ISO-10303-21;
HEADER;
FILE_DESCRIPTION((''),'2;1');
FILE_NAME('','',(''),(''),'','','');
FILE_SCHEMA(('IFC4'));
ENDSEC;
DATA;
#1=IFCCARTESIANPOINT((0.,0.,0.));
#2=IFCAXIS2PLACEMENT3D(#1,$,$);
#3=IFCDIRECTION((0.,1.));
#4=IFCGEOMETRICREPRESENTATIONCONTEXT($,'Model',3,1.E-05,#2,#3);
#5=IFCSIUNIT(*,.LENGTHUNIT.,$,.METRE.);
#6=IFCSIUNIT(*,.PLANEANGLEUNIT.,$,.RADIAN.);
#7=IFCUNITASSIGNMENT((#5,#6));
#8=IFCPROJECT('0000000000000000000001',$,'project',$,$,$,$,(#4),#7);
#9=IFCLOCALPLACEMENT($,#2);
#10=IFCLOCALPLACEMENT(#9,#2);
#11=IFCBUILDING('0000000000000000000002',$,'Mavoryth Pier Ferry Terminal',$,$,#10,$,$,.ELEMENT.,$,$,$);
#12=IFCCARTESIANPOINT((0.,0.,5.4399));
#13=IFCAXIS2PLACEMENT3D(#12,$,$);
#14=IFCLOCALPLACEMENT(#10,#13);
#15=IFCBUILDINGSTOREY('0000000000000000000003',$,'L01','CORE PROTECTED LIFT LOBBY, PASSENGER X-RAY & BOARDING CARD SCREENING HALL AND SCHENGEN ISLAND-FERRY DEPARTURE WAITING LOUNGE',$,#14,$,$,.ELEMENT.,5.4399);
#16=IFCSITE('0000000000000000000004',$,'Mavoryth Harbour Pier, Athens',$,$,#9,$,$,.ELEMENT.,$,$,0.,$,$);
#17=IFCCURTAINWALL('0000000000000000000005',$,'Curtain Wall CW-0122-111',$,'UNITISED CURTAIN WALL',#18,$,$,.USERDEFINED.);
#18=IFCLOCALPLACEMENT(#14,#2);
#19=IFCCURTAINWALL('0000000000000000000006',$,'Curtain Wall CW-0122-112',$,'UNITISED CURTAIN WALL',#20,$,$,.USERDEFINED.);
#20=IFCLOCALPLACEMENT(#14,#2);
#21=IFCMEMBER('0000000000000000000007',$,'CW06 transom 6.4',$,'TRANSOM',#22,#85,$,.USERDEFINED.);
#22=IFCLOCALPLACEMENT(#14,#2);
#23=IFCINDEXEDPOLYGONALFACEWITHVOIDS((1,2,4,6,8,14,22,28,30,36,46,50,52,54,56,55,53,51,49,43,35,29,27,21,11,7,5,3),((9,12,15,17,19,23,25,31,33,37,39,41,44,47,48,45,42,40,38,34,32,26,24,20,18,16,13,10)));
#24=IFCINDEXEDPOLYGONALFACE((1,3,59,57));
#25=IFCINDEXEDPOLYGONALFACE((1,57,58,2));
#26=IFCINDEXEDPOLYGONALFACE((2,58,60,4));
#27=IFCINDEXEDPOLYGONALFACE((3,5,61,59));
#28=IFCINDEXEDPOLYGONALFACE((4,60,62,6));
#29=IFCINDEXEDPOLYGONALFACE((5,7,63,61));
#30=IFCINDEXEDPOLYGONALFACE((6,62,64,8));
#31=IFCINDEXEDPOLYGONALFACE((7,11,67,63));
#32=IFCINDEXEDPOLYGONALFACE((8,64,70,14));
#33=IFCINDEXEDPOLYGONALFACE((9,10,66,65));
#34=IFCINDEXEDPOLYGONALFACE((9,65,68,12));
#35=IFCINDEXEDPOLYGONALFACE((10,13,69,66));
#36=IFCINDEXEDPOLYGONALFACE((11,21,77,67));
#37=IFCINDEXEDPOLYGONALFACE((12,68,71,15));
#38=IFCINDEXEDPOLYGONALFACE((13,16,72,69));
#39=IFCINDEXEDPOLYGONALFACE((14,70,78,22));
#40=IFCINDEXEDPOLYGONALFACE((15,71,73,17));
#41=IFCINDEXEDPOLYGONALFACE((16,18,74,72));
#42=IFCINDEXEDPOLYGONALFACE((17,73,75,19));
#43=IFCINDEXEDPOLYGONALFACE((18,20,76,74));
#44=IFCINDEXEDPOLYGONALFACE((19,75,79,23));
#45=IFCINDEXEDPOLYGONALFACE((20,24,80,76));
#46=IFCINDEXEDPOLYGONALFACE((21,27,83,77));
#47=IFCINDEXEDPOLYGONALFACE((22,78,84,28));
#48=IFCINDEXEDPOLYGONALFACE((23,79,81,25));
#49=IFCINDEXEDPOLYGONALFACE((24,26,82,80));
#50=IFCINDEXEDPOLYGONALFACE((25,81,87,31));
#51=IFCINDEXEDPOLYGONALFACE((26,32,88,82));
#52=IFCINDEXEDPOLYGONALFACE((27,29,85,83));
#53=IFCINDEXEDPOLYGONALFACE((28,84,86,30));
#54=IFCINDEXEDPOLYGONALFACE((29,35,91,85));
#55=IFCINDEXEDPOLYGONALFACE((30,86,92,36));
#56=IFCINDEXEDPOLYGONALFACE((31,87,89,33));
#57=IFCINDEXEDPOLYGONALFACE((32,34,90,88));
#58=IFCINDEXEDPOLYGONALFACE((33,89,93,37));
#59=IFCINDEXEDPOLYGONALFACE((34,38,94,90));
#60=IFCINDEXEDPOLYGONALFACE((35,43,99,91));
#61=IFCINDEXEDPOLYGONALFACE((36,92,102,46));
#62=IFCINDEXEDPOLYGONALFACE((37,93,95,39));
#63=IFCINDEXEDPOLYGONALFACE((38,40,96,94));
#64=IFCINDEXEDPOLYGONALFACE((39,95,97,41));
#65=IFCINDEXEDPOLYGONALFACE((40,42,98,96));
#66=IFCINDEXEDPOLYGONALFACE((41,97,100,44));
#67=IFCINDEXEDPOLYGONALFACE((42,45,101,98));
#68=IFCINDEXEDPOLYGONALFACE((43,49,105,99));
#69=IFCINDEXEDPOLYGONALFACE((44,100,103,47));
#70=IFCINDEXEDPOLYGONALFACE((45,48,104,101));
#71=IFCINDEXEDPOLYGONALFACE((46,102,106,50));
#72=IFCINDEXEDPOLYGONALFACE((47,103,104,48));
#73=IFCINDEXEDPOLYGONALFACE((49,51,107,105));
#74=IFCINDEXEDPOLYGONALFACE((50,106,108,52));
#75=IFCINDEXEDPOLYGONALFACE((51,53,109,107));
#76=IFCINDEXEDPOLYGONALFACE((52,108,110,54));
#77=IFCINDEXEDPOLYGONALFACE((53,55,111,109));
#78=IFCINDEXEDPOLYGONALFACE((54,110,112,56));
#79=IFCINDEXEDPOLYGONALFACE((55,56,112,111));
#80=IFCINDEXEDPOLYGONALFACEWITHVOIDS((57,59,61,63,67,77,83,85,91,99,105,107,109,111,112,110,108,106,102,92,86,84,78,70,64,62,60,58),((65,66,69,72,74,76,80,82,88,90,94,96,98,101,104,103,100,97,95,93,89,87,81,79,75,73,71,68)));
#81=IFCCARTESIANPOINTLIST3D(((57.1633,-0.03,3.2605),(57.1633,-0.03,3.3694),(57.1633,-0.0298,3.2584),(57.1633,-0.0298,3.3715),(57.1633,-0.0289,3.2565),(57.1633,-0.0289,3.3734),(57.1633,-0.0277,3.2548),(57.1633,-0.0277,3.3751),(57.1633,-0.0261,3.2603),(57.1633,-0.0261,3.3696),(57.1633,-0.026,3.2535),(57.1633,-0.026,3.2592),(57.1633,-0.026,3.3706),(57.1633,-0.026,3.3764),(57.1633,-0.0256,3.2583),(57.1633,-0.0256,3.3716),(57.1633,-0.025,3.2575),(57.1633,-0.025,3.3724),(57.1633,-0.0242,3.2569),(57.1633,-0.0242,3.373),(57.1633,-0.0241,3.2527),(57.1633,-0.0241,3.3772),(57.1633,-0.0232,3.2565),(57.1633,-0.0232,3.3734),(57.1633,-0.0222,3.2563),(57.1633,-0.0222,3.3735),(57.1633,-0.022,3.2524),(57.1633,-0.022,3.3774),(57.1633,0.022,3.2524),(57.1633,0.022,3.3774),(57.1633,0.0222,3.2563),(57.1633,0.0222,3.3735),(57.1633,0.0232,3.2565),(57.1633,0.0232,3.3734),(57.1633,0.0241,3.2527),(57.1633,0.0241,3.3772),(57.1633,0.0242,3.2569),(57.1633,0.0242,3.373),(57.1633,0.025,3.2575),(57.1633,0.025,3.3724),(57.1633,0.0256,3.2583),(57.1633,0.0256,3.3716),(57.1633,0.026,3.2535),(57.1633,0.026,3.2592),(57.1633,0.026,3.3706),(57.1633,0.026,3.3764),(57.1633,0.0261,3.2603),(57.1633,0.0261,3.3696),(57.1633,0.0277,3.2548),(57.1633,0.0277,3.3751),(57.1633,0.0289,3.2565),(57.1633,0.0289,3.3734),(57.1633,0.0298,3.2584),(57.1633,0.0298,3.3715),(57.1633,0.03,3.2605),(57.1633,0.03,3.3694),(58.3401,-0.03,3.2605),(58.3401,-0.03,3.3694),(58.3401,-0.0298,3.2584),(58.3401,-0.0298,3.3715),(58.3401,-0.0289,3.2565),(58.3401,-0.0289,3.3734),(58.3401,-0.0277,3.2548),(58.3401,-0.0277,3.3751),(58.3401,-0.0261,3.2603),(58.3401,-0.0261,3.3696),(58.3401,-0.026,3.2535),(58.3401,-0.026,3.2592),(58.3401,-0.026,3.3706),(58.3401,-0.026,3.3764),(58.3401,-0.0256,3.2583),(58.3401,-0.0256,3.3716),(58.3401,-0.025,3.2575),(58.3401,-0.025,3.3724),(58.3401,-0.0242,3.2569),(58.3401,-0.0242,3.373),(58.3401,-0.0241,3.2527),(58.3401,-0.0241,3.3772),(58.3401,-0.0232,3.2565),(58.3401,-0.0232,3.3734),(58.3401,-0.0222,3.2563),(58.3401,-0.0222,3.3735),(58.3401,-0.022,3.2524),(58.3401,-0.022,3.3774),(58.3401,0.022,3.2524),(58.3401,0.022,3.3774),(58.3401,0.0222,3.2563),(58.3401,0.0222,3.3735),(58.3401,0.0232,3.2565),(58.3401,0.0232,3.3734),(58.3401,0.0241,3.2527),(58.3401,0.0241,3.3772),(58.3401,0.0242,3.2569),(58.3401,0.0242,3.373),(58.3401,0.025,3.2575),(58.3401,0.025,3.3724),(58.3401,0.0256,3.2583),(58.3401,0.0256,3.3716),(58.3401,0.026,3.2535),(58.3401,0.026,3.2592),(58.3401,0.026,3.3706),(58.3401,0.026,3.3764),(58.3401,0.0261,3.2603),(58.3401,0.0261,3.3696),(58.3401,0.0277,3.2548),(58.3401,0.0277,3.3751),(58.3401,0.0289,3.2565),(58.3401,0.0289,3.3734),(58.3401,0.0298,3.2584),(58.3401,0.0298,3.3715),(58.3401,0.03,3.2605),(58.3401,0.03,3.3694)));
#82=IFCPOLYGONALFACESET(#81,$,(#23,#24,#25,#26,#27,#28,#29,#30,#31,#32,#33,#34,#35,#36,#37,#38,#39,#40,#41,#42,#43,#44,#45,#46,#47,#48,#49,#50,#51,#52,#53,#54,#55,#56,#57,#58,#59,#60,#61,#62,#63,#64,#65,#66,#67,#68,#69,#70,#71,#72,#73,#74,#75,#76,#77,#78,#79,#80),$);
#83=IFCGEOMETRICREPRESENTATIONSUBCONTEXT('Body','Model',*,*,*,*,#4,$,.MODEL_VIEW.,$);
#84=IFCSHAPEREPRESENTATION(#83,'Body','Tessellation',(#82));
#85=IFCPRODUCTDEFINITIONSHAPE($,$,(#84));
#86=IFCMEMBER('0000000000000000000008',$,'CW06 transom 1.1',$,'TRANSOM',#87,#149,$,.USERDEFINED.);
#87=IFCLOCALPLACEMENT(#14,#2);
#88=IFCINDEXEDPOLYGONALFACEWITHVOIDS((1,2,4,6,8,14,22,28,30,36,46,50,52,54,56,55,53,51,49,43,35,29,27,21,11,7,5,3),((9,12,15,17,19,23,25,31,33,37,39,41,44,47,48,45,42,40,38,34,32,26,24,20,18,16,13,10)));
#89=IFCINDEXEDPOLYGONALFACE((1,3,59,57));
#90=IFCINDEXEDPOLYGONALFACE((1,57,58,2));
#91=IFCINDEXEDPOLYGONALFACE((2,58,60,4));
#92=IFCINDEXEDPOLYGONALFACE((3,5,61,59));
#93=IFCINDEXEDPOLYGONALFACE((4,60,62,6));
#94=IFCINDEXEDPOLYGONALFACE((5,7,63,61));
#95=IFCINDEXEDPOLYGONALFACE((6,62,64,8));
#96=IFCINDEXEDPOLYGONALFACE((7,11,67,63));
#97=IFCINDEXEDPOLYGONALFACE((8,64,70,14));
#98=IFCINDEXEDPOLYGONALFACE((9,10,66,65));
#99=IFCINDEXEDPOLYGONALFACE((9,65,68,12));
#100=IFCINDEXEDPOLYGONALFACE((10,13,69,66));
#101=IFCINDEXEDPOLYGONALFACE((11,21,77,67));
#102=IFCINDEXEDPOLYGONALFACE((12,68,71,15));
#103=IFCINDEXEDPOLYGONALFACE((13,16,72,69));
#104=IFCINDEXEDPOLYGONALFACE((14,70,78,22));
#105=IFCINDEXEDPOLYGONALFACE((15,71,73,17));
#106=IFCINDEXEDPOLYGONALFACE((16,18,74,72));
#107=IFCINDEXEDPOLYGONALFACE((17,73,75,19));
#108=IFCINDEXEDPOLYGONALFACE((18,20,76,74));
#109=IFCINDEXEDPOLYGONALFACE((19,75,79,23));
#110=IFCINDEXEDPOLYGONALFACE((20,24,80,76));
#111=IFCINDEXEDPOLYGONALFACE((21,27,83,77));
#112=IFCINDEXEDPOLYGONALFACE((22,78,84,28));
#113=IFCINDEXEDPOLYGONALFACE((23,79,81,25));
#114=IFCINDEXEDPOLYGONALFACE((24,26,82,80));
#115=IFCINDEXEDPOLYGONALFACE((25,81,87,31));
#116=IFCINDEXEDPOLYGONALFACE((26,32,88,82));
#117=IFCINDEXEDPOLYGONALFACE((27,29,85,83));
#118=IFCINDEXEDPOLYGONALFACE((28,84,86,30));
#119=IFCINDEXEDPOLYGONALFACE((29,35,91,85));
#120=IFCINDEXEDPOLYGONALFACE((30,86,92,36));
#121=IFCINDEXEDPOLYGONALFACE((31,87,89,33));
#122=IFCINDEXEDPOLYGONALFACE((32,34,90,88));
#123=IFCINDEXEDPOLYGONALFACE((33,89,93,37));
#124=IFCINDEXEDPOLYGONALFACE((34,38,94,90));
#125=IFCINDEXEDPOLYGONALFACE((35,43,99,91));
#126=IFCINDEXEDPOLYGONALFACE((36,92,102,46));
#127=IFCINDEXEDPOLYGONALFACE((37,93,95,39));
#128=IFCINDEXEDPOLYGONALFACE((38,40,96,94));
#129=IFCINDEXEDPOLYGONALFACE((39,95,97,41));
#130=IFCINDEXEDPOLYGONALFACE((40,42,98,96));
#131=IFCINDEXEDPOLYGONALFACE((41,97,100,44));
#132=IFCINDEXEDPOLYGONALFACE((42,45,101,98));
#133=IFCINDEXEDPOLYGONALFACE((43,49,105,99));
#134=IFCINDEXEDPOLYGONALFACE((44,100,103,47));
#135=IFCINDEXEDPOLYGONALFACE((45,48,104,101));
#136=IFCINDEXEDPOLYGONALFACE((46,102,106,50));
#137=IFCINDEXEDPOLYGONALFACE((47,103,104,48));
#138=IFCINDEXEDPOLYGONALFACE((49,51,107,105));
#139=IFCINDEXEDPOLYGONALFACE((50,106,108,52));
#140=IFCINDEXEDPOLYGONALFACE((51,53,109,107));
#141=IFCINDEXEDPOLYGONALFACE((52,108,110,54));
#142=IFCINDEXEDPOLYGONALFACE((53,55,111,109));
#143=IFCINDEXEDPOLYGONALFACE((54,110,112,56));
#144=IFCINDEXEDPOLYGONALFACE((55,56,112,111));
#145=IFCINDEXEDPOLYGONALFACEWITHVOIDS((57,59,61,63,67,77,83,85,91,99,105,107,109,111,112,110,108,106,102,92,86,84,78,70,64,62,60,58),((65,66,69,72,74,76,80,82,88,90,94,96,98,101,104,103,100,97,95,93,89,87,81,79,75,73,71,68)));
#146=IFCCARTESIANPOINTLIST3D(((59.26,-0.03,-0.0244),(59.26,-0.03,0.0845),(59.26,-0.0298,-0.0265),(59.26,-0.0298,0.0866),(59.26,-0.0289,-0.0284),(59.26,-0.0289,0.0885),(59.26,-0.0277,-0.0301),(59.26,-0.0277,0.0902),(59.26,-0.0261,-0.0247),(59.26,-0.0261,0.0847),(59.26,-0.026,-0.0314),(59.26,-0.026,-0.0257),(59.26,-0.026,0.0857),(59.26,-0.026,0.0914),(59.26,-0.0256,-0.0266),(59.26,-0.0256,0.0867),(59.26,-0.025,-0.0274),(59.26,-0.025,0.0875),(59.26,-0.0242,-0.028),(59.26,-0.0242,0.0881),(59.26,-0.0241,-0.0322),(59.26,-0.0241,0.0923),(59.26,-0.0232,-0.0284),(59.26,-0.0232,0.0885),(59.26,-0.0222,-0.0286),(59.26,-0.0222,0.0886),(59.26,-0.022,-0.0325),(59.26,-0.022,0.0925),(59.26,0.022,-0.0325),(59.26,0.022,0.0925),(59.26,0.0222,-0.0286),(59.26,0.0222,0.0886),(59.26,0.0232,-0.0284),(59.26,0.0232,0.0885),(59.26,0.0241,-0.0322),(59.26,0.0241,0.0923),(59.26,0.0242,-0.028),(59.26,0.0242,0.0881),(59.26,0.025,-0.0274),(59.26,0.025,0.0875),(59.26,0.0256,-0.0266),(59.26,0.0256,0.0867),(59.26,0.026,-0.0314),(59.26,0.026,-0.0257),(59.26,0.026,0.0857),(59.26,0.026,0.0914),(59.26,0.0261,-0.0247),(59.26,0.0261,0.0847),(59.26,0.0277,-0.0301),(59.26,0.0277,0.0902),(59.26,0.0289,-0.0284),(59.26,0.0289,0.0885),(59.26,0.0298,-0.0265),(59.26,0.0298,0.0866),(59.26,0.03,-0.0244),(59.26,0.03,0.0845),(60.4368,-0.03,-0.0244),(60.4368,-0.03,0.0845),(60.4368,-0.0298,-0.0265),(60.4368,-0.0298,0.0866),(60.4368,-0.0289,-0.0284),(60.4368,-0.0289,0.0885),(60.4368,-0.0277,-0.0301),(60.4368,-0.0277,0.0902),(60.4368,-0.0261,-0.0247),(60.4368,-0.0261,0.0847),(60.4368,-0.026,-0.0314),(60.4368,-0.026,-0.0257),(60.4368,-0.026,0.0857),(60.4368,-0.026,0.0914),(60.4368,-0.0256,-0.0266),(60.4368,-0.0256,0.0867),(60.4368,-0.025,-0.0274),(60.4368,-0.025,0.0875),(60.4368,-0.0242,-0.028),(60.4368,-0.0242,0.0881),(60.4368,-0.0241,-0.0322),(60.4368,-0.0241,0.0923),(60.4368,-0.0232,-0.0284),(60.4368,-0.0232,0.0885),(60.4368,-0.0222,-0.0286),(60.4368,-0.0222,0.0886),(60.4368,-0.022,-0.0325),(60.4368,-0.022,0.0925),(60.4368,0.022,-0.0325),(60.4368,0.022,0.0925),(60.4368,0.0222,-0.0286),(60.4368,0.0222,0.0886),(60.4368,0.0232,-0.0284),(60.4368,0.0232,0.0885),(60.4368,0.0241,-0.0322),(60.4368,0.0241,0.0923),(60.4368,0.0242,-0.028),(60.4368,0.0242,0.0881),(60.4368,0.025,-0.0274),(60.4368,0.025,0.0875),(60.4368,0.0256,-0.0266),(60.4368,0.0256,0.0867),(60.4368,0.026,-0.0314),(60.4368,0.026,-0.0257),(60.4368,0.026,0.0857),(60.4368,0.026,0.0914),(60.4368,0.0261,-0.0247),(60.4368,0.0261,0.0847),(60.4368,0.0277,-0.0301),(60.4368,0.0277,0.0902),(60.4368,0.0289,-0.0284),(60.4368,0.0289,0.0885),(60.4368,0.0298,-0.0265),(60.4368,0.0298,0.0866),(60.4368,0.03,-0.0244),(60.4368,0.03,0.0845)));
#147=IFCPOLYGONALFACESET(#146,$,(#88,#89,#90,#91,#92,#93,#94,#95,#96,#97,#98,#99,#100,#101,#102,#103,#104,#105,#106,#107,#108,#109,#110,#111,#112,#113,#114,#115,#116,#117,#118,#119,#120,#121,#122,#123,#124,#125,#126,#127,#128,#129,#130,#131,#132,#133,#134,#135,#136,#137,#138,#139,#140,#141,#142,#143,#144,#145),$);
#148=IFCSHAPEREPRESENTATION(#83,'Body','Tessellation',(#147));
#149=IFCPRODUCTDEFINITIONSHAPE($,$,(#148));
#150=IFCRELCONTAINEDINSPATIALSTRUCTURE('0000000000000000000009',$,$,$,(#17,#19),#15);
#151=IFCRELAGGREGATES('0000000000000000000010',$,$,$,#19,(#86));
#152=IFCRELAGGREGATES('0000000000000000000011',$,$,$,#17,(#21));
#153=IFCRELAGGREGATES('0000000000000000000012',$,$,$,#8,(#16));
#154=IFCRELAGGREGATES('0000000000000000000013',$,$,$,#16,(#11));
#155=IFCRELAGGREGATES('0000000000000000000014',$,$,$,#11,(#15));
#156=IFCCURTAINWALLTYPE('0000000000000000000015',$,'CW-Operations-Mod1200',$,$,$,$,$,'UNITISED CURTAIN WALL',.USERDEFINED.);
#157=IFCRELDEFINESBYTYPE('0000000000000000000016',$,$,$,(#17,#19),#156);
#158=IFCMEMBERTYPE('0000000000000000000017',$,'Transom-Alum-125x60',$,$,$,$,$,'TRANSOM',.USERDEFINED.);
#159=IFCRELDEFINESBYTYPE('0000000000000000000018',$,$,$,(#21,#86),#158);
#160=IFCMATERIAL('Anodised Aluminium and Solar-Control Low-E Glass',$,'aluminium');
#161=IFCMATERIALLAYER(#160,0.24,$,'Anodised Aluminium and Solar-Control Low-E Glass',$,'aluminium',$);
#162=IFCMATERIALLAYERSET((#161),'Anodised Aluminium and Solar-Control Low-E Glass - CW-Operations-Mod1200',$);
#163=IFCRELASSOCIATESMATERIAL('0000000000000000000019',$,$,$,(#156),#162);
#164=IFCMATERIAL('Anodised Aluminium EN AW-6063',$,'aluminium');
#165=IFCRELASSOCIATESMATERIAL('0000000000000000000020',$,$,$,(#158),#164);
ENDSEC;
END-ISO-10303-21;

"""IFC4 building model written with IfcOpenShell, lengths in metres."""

from ifc_helpers import new_model, si_unit, direction, frame, origin, origin_2d, place, context, subcontext, project, spatial, hollow_rectangle, extrude, material, layer, layer_set, material_profile, profile_set, type_object, element, aggregate, save


model = new_model("IFC4")

# Units and contexts
model_context = context("Model", 3, precision=1e-05, world=origin(), true_north=direction((0.0, 1.0)))
body_context = subcontext(model_context, "Body", "Model", "MODEL_VIEW")
ifc_project = project(units=[si_unit("LENGTHUNIT", "METRE"), si_unit("PLANEANGLEUNIT", "RADIAN")], contexts=[model_context])

# Site, building, storey
site_placement = place(None, origin())
site = spatial("IfcSite", under=ifc_project, at=site_placement, Name="Mavoryth Harbour Pier, Athens", CompositionType="ELEMENT", RefElevation=0.0)
building_placement = place(site_placement, origin())
building = spatial("IfcBuilding", under=site, at=building_placement, Name="Mavoryth Pier Ferry Terminal", CompositionType="ELEMENT")
storey_placement = place(building_placement, frame((0.0, 0.0, 5.4399)))
storey = spatial("IfcBuildingStorey", under=building, at=storey_placement, Name="L01", Description="CORE PROTECTED LIFT LOBBY, PASSENGER X-RAY & BOARDING CARD SCREENING HALL AND SCHENGEN ISLAND-FERRY DEPARTURE WAITING LOUNGE", CompositionType="ELEMENT", Elevation=5.4399)

# Curtain wall
ifc_material_1 = material(Name="Anodised Aluminium and Solar-Control Low-E Glass", Category="aluminium")
ifc_layer_1 = layer(ifc_material_1, 0.24, Name="Anodised Aluminium and Solar-Control Low-E Glass", Category="aluminium")
ifc_layer_set_1 = layer_set([ifc_layer_1], Name="Anodised Aluminium and Solar-Control Low-E Glass - CW-Operations-Mod1200")
curtain_wall_type = type_object("IfcCurtainWallType", Name="CW-Operations-Mod1200", ElementType="UNITISED CURTAIN WALL", PredefinedType="USERDEFINED", material=ifc_layer_set_1)
curtain_wall_1_placement = place(storey_placement, origin())
curtain_wall_1 = element("IfcCurtainWall", 1, at=curtain_wall_1_placement, inside=storey, type_object=curtain_wall_type, Name="Curtain Wall CW-0122-111", ObjectType="UNITISED CURTAIN WALL", PredefinedType="USERDEFINED")
ifc_material_2 = material(Name="Anodised Aluminium EN AW-6063", Category="aluminium")

# Curtain wall
curtain_wall_2_placement = place(storey_placement, origin())
curtain_wall_2 = element("IfcCurtainWall", 2, at=curtain_wall_2_placement, inside=storey, type_object=curtain_wall_type, Name="Curtain Wall CW-0122-112", ObjectType="UNITISED CURTAIN WALL", PredefinedType="USERDEFINED")

# Members
ifc_material_profile_1 = material_profile(ifc_material_2, hollow_rectangle(XDim=0.0601, YDim=0.125, WallThickness=0.0039, InnerFilletRadius=0.0039, OuterFilletRadius=0.0081, at=origin_2d()), Name="AL-TRAN 125x60x4", Category="aluminium")
ifc_profile_set_1 = profile_set([ifc_material_profile_1], Name="Anodised Aluminium EN AW-6063 - AL-TRAN 125x60x4")
member_type_1 = type_object("IfcMemberType", Name="Transom-Alum-125x60", ElementType="TRANSOM", PredefinedType="USERDEFINED", material=ifc_profile_set_1)
member_1_placement = place(storey_placement, frame((57.1633, 0.0, 3.3149), z_axis=(1.0, 0.0, 0.0), x_axis=(0.0, 1.0, 0.0)))
member_1 = element("IfcMember", 3, at=member_1_placement, type_object=member_type_1, Name="CW06 transom 6.4", ObjectType="TRANSOM", PredefinedType="USERDEFINED", context=body_context, shape_type="SweptSolid", body=[
    extrude(hollow_rectangle(XDim=0.0601, YDim=0.125, WallThickness=0.0039, InnerFilletRadius=0.0039, OuterFilletRadius=0.0081, at=origin_2d()), origin(), (0.0, 0.0, 1.0), 1.1768),
])
member_2_placement = place(storey_placement, frame((59.26, 0.0, 0.03), z_axis=(1.0, 0.0, 0.0), x_axis=(0.0, 1.0, 0.0)))
member_2 = element("IfcMember", 4, at=member_2_placement, type_object=member_type_1, Name="CW06 transom 1.1", ObjectType="TRANSOM", PredefinedType="USERDEFINED", context=body_context, shape_type="SweptSolid", body=[
    extrude(hollow_rectangle(XDim=0.0601, YDim=0.125, WallThickness=0.0039, InnerFilletRadius=0.0039, OuterFilletRadius=0.0081, at=origin_2d()), origin(), (0.0, 0.0, 1.0), 1.1768),
])
aggregate(curtain_wall_2, [member_2])

aggregate(curtain_wall_1, [member_1])

save(model, "model.ifc")
